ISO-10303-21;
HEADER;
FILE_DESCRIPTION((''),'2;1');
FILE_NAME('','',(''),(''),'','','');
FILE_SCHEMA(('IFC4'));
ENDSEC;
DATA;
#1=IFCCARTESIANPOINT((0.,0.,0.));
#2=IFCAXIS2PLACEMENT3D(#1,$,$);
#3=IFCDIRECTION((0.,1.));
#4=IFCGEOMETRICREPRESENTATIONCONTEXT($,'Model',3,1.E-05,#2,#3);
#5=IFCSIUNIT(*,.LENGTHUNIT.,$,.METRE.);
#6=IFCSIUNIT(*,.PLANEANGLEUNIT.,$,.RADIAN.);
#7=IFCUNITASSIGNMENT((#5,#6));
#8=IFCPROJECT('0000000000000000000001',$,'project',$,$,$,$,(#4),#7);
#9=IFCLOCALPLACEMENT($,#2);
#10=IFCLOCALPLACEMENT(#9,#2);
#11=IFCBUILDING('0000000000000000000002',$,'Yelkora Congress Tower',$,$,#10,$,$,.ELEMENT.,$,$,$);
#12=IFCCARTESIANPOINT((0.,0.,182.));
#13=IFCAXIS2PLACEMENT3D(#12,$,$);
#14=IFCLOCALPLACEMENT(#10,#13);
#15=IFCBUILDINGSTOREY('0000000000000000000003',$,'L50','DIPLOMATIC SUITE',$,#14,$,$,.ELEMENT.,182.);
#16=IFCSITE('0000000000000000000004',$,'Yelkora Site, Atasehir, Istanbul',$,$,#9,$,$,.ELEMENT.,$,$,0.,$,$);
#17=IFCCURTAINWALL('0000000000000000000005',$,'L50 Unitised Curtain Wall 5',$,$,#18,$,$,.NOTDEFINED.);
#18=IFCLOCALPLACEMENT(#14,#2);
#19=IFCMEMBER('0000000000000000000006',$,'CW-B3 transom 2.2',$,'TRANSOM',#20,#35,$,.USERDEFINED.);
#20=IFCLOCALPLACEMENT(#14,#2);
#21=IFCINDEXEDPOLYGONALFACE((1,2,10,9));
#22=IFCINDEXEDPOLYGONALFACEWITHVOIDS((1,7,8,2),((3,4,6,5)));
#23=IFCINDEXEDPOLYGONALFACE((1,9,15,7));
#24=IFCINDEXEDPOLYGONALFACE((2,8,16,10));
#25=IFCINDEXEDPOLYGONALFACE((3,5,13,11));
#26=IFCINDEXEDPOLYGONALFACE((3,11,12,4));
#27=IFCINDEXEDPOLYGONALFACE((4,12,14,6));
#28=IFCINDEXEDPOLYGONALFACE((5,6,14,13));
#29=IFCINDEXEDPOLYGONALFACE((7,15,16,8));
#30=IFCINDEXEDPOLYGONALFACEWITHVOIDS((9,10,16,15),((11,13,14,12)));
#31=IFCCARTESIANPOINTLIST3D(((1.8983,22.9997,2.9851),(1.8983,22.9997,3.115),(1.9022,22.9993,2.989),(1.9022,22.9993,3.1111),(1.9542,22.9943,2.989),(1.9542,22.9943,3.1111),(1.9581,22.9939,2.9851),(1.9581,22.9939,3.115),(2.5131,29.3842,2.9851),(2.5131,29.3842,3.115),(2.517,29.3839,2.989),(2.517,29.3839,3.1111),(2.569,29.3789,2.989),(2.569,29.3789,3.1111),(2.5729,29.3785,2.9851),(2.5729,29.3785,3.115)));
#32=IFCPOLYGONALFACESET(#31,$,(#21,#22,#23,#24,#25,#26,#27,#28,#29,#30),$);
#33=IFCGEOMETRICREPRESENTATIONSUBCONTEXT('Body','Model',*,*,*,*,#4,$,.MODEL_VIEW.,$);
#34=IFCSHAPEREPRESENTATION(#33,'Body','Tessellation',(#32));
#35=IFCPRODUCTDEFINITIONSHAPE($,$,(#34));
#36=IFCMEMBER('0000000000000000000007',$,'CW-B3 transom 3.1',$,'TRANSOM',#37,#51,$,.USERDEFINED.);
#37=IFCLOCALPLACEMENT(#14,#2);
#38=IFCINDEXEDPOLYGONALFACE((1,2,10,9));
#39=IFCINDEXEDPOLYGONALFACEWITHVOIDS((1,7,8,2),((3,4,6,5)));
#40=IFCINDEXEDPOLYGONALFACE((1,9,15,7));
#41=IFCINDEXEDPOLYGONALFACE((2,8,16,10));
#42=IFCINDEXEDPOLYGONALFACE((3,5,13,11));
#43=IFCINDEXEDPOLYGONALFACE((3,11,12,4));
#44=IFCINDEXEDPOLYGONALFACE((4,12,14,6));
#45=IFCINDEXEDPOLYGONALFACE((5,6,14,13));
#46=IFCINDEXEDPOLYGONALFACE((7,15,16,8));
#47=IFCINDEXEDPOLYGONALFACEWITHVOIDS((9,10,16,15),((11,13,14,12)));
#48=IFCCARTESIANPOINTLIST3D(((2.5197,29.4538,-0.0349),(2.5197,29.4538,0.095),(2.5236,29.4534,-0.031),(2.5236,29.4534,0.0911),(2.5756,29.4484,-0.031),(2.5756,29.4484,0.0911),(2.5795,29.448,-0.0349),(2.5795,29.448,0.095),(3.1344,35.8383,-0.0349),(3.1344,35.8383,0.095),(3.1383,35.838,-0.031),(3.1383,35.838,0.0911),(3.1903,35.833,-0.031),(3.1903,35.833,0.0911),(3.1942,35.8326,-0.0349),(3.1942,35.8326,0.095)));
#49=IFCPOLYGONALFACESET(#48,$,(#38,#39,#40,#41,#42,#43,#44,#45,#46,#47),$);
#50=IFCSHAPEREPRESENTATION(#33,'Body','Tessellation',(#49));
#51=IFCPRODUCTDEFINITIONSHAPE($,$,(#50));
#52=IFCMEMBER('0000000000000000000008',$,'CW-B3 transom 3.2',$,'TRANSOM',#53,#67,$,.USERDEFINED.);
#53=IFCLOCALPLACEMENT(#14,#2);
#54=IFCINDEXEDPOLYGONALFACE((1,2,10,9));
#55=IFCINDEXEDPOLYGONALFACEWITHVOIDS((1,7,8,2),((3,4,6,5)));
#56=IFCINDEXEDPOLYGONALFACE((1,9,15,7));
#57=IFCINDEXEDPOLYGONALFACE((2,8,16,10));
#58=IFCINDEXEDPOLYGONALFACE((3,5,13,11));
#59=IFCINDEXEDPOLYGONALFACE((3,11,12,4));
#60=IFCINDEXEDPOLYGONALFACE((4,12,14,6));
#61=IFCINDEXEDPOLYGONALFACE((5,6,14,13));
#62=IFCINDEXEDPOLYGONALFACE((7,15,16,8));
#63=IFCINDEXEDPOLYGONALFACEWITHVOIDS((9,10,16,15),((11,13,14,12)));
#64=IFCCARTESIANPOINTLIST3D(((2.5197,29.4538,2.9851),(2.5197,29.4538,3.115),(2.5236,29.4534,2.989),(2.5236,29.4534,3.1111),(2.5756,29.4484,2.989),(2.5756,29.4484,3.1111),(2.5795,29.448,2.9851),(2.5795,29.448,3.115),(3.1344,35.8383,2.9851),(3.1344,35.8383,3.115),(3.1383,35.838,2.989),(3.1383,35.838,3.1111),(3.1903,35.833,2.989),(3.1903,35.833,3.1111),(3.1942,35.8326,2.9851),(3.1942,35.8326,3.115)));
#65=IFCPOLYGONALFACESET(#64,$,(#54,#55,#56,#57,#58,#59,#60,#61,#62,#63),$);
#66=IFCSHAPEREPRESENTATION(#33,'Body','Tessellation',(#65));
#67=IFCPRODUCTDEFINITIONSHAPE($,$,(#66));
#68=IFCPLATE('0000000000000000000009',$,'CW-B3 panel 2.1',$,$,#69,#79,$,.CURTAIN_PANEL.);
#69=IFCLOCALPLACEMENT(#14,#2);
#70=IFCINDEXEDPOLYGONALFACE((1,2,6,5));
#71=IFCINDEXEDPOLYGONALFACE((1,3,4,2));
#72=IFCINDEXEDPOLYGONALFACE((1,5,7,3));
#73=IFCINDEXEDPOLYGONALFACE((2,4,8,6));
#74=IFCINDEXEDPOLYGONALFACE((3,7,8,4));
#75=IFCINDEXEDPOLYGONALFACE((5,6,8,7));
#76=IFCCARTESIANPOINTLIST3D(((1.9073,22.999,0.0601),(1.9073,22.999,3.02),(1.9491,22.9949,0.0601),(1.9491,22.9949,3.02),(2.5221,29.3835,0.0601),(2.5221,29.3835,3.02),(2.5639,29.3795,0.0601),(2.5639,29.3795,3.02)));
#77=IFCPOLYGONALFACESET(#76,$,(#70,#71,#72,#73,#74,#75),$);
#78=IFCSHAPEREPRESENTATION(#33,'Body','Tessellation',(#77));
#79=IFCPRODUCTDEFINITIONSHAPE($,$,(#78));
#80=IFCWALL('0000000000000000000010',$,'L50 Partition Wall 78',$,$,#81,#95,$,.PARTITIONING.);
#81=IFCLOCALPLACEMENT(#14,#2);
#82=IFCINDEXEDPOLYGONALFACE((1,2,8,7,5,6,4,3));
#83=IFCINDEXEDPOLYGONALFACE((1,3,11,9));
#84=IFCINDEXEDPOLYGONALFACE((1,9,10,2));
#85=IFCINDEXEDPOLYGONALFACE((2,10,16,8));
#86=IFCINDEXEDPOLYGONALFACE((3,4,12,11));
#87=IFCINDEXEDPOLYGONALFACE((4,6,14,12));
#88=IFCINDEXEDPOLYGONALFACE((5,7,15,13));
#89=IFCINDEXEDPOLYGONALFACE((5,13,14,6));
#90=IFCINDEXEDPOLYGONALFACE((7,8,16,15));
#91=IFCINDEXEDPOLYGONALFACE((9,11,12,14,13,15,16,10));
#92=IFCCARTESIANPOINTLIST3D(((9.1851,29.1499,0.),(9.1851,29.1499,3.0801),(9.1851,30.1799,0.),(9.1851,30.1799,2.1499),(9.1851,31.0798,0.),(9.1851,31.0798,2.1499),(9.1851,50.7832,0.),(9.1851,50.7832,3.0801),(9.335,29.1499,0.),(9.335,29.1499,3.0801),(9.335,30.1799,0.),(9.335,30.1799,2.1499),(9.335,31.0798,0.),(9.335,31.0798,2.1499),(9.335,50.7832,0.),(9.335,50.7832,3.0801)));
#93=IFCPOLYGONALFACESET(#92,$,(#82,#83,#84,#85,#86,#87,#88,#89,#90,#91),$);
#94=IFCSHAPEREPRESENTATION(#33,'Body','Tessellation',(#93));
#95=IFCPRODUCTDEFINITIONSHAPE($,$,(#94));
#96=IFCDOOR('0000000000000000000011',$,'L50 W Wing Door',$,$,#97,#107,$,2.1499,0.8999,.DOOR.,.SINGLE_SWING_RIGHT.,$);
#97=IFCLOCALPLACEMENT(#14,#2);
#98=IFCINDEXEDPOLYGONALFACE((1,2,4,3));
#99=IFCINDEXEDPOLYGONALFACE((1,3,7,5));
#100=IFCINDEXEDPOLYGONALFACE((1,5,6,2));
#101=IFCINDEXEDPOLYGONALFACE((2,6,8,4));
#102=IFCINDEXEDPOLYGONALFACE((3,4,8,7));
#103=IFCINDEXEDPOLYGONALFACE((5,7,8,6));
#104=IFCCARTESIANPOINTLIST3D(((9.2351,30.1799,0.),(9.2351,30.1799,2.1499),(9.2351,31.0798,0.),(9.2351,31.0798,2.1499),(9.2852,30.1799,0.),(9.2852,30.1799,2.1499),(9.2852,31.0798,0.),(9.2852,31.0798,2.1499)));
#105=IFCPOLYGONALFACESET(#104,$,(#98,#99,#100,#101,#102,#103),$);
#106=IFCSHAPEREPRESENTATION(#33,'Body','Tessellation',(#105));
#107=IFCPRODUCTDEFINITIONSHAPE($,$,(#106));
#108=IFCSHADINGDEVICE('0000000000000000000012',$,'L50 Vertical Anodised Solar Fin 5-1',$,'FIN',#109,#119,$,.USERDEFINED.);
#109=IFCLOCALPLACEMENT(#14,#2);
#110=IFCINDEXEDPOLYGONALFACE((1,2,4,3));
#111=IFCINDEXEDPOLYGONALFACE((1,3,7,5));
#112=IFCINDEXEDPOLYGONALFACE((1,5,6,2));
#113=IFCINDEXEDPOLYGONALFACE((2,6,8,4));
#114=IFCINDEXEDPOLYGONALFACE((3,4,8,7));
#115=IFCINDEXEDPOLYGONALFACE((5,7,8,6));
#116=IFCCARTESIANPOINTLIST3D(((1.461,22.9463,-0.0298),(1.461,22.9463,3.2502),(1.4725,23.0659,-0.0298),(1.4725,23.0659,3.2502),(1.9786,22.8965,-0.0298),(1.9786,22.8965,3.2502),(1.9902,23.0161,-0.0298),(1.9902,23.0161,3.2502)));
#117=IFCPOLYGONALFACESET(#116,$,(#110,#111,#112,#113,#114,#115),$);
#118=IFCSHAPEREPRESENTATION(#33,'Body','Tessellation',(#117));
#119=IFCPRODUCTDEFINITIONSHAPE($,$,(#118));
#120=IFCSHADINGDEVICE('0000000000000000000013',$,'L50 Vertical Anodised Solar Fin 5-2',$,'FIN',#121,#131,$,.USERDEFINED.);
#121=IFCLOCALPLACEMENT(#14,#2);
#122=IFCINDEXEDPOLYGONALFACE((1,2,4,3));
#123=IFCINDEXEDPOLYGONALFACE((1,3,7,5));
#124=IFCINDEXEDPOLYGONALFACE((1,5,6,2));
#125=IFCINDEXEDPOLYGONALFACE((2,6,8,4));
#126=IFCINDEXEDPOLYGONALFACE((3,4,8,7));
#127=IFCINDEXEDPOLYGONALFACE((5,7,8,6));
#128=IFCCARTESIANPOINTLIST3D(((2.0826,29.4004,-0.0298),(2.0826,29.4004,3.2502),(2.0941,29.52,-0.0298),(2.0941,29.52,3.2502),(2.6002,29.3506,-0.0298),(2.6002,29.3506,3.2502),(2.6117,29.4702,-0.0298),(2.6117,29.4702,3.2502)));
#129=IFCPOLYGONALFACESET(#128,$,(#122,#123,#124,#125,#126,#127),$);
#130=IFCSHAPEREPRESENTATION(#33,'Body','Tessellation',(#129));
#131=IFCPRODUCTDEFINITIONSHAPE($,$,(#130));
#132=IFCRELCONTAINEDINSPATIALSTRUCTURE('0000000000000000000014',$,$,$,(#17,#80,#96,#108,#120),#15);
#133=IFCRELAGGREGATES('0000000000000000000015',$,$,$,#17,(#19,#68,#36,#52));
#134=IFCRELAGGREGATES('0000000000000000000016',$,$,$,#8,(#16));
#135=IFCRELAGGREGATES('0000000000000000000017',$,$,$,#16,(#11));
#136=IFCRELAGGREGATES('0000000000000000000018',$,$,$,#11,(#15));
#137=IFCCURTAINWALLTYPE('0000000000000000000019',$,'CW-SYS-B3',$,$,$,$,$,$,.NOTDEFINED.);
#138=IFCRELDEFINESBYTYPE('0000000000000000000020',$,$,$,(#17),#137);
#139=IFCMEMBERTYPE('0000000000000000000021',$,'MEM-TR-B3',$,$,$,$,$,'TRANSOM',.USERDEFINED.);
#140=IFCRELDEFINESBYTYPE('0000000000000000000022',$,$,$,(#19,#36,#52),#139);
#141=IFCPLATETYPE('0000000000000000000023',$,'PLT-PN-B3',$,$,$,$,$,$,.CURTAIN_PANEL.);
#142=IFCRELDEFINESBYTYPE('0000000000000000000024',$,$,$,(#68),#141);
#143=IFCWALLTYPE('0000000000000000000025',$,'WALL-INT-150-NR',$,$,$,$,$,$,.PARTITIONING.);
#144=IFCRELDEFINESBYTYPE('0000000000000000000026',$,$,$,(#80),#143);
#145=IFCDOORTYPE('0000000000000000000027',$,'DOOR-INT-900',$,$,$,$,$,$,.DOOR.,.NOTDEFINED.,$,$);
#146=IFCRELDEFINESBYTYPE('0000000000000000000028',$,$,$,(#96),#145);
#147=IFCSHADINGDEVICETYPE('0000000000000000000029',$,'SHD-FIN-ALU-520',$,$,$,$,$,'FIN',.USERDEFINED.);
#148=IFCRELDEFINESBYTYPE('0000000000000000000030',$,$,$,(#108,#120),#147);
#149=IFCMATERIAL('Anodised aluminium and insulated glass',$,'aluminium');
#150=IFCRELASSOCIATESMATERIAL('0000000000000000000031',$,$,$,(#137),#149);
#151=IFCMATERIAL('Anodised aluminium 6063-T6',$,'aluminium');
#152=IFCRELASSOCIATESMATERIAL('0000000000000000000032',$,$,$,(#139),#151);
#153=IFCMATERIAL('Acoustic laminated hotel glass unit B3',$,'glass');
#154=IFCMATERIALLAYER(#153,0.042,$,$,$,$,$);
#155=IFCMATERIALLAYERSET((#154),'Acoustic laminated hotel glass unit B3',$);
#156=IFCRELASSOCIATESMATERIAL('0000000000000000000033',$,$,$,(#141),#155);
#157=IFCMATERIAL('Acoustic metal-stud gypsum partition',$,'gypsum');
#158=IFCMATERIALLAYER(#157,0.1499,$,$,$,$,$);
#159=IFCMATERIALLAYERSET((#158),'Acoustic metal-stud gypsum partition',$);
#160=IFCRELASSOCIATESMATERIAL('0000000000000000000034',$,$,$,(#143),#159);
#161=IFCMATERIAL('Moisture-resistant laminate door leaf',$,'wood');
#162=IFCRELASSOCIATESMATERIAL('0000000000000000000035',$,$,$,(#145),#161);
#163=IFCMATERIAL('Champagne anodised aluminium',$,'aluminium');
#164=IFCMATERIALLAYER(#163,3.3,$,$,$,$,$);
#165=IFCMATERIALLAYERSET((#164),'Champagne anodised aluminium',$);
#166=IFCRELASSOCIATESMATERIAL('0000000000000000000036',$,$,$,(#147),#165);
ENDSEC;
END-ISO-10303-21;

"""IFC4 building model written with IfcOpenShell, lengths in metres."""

from ifc_helpers import new_model, si_unit, direction, frame, frame_2d, origin, origin_2d, place, context, subcontext, project, spatial, rectangle, hollow_rectangle, extrude, material, layer, layer_set, material_profile, profile_set, type_object, element, fill, aggregate, save


model = new_model("IFC4")

# Units and contexts
model_context = context("Model", 3, precision=1e-05, world=origin(), true_north=direction((0.0, 1.0)))
body_context = subcontext(model_context, "Body", "Model", "MODEL_VIEW")
ifc_project = project(units=[si_unit("LENGTHUNIT", "METRE"), si_unit("PLANEANGLEUNIT", "RADIAN")], contexts=[model_context])

# Site, building, storey
site_placement = place(None, origin())
site = spatial("IfcSite", under=ifc_project, at=site_placement, Name="Yelkora Site, Atasehir, Istanbul", CompositionType="ELEMENT", RefElevation=0.0)
building_placement = place(site_placement, origin())
building = spatial("IfcBuilding", under=site, at=building_placement, Name="Yelkora Congress Tower", CompositionType="ELEMENT")
storey_placement = place(building_placement, frame((0.0, 0.0, 182.0)))
storey = spatial("IfcBuildingStorey", under=building, at=storey_placement, Name="L50", Description="DIPLOMATIC SUITE", CompositionType="ELEMENT", Elevation=182.0)

# Curtain wall, members, plate
ifc_material_1 = material(Name="Anodised aluminium and insulated glass", Category="aluminium")
curtain_wall_type = type_object("IfcCurtainWallType", Name="CW-SYS-B3", PredefinedType="NOTDEFINED", material=ifc_material_1)
curtain_wall_placement = place(storey_placement, origin())
curtain_wall = element("IfcCurtainWall", 1, at=curtain_wall_placement, inside=storey, type_object=curtain_wall_type, Name="L50 Unitised Curtain Wall 5", PredefinedType="NOTDEFINED")
ifc_material_2 = material(Name="Anodised aluminium 6063-T6", Category="aluminium")
ifc_material_profile_1 = material_profile(ifc_material_2, hollow_rectangle(XDim=0.0601, YDim=0.1299, WallThickness=0.0039, at=origin_2d()), Name="ALU 60x130x4")
ifc_profile_set_1 = profile_set([ifc_material_profile_1], Name="Anodised aluminium 6063-T6")
member_type_1 = type_object("IfcMemberType", Name="MEM-TR-B3", ElementType="TRANSOM", PredefinedType="USERDEFINED", material=ifc_profile_set_1)
member_1_placement = place(storey_placement, frame((1.9282, 22.9968, 3.05), z_axis=(0.095844, 0.995396, 0.0), x_axis=(-0.995396, 0.095844, 0.0)))
member_1 = element("IfcMember", 2, at=member_1_placement, type_object=member_type_1, Name="CW-B3 transom 2.2", ObjectType="TRANSOM", PredefinedType="USERDEFINED", context=body_context, shape_type="SweptSolid", body=[
    extrude(hollow_rectangle(XDim=0.0601, YDim=0.1299, WallThickness=0.0039, at=origin_2d()), origin(), (0.0, 0.0, 1.0), 6.4141),
])
member_2_placement = place(storey_placement, frame((2.5496, 29.4509, 0.03), z_axis=(0.095844, 0.995396, 0.0), x_axis=(-0.995396, 0.095844, 0.0)))
member_2 = element("IfcMember", 3, at=member_2_placement, type_object=member_type_1, Name="CW-B3 transom 3.1", ObjectType="TRANSOM", PredefinedType="USERDEFINED", context=body_context, shape_type="SweptSolid", body=[
    extrude(hollow_rectangle(XDim=0.0601, YDim=0.1299, WallThickness=0.0039, at=origin_2d()), origin(), (0.0, 0.0, 1.0), 6.4141),
])
member_3_placement = place(storey_placement, frame((2.5496, 29.4509, 3.05), z_axis=(0.095844, 0.995396, 0.0), x_axis=(-0.995396, 0.095844, 0.0)))
member_3 = element("IfcMember", 4, at=member_3_placement, type_object=member_type_1, Name="CW-B3 transom 3.2", ObjectType="TRANSOM", PredefinedType="USERDEFINED", context=body_context, shape_type="SweptSolid", body=[
    extrude(hollow_rectangle(XDim=0.0601, YDim=0.1299, WallThickness=0.0039, at=origin_2d()), origin(), (0.0, 0.0, 1.0), 6.4141),
])
ifc_material_3 = material(Name="Acoustic laminated hotel glass unit B3", Category="glass")
ifc_layer_1 = layer(ifc_material_3, 0.042)
ifc_layer_set_1 = layer_set([ifc_layer_1], Name="Acoustic laminated hotel glass unit B3")
plate_type = type_object("IfcPlateType", Name="PLT-PN-B3", PredefinedType="CURTAIN_PANEL", material=ifc_layer_set_1)
plate_placement = place(storey_placement, frame((2.2356, 26.1892, 0.0601), z_axis=(0.0, 0.0, 1.0), x_axis=(0.095845, 0.995396, 0.0)))
plate = element("IfcPlate", 5, at=plate_placement, type_object=plate_type, Name="CW-B3 panel 2.1", PredefinedType="CURTAIN_PANEL", context=body_context, shape_type="SweptSolid", body=[
    extrude(rectangle(XDim=6.4141, YDim=0.042, at=origin_2d()), origin(), (0.0, 0.0, 1.0), 2.96),
])
aggregate(curtain_wall, [member_1, plate, member_2, member_3])

# Wall, opening, door
ifc_material_4 = material(Name="Acoustic metal-stud gypsum partition", Category="gypsum")
ifc_layer_2 = layer(ifc_material_4, 0.1499)
ifc_layer_set_2 = layer_set([ifc_layer_2], Name="Acoustic metal-stud gypsum partition")
wall_type_1 = type_object("IfcWallType", Name="WALL-INT-150-NR", PredefinedType="PARTITIONING", material=ifc_layer_set_2)
wall_1_placement = place(storey_placement, frame((9.26, 29.1499, 0.0), z_axis=(0.0, 0.0, 1.0), x_axis=(0.0, 1.0, 0.0)))
wall_1 = element("IfcWall", 6, at=wall_1_placement, inside=storey, type_object=wall_type_1, Name="L50 Partition Wall 78", PredefinedType="PARTITIONING", context=body_context, shape_type="SweptSolid", body=[
    extrude(rectangle(XDim=21.6333, YDim=0.1499, at=frame_2d((10.8167, 0.0))), origin(), (0.0, 0.0, 1.0), 3.0801),
])
opening_1_placement = place(wall_1_placement, frame((1.03, 0.0, 0.0)))
opening_1 = element("IfcOpeningElement", 7, at=opening_1_placement, cuts=wall_1, PredefinedType="OPENING", context=body_context, shape_type="SweptSolid", body=[
    extrude(rectangle(XDim=0.8999, YDim=2.1499, at=frame_2d((0.45, 1.075))), frame((0.0, 0.085, 0.0), z_axis=(0.0, -1.0, 0.0), x_axis=(1.0, 0.0, 0.0)), (0.0, 0.0, 1.0), 0.1699),
])
ifc_material_5 = material(Name="Moisture-resistant laminate door leaf", Category="wood")
door_type_1 = type_object("IfcDoorType", Name="DOOR-INT-900", OperationType="NOTDEFINED", PredefinedType="DOOR", material=ifc_material_5)
door_1_placement = place(opening_1_placement, origin())
door_1 = element("IfcDoor", 8, at=door_1_placement, inside=storey, type_object=door_type_1, Name="L50 W Wing Door", OperationType="SINGLE_SWING_RIGHT", OverallHeight=2.1499, OverallWidth=0.8999, PredefinedType="DOOR", context=body_context, shape_type="SweptSolid", body=[
    extrude(rectangle(XDim=0.8999, YDim=2.1499, at=frame_2d((0.45, 1.075))), frame((0.0, 0.0249, 0.0), z_axis=(0.0, -1.0, 0.0), x_axis=(1.0, 0.0, 0.0)), (0.0, 0.0, 1.0), 0.05),
])
fill(opening_1, door_1)

# Shading devices
ifc_material_6 = material(Name="Champagne anodised aluminium", Category="aluminium")
ifc_layer_3 = layer(ifc_material_6, 3.3)
ifc_layer_set_3 = layer_set([ifc_layer_3], Name="Champagne anodised aluminium")
shading_device_type = type_object("IfcShadingDeviceType", Name="SHD-FIN-ALU-520", ElementType="FIN", PredefinedType="USERDEFINED", material=ifc_layer_set_3)
for number, where, z_axis, x_axis, name in (
    (9, (1.7256, 22.9812, -0.0298), (0.0, 0.0, 1.0), (0.095846, 0.995396, 0.0), "L50 Vertical Anodised Solar Fin 5-1"),
    (10, (2.3472, 29.4353, -0.0298), (0.0, 0.0, 1.0), (0.095846, 0.995396, 0.0), "L50 Vertical Anodised Solar Fin 5-2"),
):
    element("IfcShadingDevice", number, at=place(storey_placement, frame(where, z_axis=z_axis, x_axis=x_axis)), inside=storey, type_object=shading_device_type, Name=name, ObjectType="FIN", PredefinedType="USERDEFINED", context=body_context, shape_type="SweptSolid", body=[
        extrude(rectangle(XDim=0.1201, YDim=0.52, at=origin_2d()), origin(), (0.0, 0.0, 1.0), 3.28),
    ])

save(model, "model.ifc")
